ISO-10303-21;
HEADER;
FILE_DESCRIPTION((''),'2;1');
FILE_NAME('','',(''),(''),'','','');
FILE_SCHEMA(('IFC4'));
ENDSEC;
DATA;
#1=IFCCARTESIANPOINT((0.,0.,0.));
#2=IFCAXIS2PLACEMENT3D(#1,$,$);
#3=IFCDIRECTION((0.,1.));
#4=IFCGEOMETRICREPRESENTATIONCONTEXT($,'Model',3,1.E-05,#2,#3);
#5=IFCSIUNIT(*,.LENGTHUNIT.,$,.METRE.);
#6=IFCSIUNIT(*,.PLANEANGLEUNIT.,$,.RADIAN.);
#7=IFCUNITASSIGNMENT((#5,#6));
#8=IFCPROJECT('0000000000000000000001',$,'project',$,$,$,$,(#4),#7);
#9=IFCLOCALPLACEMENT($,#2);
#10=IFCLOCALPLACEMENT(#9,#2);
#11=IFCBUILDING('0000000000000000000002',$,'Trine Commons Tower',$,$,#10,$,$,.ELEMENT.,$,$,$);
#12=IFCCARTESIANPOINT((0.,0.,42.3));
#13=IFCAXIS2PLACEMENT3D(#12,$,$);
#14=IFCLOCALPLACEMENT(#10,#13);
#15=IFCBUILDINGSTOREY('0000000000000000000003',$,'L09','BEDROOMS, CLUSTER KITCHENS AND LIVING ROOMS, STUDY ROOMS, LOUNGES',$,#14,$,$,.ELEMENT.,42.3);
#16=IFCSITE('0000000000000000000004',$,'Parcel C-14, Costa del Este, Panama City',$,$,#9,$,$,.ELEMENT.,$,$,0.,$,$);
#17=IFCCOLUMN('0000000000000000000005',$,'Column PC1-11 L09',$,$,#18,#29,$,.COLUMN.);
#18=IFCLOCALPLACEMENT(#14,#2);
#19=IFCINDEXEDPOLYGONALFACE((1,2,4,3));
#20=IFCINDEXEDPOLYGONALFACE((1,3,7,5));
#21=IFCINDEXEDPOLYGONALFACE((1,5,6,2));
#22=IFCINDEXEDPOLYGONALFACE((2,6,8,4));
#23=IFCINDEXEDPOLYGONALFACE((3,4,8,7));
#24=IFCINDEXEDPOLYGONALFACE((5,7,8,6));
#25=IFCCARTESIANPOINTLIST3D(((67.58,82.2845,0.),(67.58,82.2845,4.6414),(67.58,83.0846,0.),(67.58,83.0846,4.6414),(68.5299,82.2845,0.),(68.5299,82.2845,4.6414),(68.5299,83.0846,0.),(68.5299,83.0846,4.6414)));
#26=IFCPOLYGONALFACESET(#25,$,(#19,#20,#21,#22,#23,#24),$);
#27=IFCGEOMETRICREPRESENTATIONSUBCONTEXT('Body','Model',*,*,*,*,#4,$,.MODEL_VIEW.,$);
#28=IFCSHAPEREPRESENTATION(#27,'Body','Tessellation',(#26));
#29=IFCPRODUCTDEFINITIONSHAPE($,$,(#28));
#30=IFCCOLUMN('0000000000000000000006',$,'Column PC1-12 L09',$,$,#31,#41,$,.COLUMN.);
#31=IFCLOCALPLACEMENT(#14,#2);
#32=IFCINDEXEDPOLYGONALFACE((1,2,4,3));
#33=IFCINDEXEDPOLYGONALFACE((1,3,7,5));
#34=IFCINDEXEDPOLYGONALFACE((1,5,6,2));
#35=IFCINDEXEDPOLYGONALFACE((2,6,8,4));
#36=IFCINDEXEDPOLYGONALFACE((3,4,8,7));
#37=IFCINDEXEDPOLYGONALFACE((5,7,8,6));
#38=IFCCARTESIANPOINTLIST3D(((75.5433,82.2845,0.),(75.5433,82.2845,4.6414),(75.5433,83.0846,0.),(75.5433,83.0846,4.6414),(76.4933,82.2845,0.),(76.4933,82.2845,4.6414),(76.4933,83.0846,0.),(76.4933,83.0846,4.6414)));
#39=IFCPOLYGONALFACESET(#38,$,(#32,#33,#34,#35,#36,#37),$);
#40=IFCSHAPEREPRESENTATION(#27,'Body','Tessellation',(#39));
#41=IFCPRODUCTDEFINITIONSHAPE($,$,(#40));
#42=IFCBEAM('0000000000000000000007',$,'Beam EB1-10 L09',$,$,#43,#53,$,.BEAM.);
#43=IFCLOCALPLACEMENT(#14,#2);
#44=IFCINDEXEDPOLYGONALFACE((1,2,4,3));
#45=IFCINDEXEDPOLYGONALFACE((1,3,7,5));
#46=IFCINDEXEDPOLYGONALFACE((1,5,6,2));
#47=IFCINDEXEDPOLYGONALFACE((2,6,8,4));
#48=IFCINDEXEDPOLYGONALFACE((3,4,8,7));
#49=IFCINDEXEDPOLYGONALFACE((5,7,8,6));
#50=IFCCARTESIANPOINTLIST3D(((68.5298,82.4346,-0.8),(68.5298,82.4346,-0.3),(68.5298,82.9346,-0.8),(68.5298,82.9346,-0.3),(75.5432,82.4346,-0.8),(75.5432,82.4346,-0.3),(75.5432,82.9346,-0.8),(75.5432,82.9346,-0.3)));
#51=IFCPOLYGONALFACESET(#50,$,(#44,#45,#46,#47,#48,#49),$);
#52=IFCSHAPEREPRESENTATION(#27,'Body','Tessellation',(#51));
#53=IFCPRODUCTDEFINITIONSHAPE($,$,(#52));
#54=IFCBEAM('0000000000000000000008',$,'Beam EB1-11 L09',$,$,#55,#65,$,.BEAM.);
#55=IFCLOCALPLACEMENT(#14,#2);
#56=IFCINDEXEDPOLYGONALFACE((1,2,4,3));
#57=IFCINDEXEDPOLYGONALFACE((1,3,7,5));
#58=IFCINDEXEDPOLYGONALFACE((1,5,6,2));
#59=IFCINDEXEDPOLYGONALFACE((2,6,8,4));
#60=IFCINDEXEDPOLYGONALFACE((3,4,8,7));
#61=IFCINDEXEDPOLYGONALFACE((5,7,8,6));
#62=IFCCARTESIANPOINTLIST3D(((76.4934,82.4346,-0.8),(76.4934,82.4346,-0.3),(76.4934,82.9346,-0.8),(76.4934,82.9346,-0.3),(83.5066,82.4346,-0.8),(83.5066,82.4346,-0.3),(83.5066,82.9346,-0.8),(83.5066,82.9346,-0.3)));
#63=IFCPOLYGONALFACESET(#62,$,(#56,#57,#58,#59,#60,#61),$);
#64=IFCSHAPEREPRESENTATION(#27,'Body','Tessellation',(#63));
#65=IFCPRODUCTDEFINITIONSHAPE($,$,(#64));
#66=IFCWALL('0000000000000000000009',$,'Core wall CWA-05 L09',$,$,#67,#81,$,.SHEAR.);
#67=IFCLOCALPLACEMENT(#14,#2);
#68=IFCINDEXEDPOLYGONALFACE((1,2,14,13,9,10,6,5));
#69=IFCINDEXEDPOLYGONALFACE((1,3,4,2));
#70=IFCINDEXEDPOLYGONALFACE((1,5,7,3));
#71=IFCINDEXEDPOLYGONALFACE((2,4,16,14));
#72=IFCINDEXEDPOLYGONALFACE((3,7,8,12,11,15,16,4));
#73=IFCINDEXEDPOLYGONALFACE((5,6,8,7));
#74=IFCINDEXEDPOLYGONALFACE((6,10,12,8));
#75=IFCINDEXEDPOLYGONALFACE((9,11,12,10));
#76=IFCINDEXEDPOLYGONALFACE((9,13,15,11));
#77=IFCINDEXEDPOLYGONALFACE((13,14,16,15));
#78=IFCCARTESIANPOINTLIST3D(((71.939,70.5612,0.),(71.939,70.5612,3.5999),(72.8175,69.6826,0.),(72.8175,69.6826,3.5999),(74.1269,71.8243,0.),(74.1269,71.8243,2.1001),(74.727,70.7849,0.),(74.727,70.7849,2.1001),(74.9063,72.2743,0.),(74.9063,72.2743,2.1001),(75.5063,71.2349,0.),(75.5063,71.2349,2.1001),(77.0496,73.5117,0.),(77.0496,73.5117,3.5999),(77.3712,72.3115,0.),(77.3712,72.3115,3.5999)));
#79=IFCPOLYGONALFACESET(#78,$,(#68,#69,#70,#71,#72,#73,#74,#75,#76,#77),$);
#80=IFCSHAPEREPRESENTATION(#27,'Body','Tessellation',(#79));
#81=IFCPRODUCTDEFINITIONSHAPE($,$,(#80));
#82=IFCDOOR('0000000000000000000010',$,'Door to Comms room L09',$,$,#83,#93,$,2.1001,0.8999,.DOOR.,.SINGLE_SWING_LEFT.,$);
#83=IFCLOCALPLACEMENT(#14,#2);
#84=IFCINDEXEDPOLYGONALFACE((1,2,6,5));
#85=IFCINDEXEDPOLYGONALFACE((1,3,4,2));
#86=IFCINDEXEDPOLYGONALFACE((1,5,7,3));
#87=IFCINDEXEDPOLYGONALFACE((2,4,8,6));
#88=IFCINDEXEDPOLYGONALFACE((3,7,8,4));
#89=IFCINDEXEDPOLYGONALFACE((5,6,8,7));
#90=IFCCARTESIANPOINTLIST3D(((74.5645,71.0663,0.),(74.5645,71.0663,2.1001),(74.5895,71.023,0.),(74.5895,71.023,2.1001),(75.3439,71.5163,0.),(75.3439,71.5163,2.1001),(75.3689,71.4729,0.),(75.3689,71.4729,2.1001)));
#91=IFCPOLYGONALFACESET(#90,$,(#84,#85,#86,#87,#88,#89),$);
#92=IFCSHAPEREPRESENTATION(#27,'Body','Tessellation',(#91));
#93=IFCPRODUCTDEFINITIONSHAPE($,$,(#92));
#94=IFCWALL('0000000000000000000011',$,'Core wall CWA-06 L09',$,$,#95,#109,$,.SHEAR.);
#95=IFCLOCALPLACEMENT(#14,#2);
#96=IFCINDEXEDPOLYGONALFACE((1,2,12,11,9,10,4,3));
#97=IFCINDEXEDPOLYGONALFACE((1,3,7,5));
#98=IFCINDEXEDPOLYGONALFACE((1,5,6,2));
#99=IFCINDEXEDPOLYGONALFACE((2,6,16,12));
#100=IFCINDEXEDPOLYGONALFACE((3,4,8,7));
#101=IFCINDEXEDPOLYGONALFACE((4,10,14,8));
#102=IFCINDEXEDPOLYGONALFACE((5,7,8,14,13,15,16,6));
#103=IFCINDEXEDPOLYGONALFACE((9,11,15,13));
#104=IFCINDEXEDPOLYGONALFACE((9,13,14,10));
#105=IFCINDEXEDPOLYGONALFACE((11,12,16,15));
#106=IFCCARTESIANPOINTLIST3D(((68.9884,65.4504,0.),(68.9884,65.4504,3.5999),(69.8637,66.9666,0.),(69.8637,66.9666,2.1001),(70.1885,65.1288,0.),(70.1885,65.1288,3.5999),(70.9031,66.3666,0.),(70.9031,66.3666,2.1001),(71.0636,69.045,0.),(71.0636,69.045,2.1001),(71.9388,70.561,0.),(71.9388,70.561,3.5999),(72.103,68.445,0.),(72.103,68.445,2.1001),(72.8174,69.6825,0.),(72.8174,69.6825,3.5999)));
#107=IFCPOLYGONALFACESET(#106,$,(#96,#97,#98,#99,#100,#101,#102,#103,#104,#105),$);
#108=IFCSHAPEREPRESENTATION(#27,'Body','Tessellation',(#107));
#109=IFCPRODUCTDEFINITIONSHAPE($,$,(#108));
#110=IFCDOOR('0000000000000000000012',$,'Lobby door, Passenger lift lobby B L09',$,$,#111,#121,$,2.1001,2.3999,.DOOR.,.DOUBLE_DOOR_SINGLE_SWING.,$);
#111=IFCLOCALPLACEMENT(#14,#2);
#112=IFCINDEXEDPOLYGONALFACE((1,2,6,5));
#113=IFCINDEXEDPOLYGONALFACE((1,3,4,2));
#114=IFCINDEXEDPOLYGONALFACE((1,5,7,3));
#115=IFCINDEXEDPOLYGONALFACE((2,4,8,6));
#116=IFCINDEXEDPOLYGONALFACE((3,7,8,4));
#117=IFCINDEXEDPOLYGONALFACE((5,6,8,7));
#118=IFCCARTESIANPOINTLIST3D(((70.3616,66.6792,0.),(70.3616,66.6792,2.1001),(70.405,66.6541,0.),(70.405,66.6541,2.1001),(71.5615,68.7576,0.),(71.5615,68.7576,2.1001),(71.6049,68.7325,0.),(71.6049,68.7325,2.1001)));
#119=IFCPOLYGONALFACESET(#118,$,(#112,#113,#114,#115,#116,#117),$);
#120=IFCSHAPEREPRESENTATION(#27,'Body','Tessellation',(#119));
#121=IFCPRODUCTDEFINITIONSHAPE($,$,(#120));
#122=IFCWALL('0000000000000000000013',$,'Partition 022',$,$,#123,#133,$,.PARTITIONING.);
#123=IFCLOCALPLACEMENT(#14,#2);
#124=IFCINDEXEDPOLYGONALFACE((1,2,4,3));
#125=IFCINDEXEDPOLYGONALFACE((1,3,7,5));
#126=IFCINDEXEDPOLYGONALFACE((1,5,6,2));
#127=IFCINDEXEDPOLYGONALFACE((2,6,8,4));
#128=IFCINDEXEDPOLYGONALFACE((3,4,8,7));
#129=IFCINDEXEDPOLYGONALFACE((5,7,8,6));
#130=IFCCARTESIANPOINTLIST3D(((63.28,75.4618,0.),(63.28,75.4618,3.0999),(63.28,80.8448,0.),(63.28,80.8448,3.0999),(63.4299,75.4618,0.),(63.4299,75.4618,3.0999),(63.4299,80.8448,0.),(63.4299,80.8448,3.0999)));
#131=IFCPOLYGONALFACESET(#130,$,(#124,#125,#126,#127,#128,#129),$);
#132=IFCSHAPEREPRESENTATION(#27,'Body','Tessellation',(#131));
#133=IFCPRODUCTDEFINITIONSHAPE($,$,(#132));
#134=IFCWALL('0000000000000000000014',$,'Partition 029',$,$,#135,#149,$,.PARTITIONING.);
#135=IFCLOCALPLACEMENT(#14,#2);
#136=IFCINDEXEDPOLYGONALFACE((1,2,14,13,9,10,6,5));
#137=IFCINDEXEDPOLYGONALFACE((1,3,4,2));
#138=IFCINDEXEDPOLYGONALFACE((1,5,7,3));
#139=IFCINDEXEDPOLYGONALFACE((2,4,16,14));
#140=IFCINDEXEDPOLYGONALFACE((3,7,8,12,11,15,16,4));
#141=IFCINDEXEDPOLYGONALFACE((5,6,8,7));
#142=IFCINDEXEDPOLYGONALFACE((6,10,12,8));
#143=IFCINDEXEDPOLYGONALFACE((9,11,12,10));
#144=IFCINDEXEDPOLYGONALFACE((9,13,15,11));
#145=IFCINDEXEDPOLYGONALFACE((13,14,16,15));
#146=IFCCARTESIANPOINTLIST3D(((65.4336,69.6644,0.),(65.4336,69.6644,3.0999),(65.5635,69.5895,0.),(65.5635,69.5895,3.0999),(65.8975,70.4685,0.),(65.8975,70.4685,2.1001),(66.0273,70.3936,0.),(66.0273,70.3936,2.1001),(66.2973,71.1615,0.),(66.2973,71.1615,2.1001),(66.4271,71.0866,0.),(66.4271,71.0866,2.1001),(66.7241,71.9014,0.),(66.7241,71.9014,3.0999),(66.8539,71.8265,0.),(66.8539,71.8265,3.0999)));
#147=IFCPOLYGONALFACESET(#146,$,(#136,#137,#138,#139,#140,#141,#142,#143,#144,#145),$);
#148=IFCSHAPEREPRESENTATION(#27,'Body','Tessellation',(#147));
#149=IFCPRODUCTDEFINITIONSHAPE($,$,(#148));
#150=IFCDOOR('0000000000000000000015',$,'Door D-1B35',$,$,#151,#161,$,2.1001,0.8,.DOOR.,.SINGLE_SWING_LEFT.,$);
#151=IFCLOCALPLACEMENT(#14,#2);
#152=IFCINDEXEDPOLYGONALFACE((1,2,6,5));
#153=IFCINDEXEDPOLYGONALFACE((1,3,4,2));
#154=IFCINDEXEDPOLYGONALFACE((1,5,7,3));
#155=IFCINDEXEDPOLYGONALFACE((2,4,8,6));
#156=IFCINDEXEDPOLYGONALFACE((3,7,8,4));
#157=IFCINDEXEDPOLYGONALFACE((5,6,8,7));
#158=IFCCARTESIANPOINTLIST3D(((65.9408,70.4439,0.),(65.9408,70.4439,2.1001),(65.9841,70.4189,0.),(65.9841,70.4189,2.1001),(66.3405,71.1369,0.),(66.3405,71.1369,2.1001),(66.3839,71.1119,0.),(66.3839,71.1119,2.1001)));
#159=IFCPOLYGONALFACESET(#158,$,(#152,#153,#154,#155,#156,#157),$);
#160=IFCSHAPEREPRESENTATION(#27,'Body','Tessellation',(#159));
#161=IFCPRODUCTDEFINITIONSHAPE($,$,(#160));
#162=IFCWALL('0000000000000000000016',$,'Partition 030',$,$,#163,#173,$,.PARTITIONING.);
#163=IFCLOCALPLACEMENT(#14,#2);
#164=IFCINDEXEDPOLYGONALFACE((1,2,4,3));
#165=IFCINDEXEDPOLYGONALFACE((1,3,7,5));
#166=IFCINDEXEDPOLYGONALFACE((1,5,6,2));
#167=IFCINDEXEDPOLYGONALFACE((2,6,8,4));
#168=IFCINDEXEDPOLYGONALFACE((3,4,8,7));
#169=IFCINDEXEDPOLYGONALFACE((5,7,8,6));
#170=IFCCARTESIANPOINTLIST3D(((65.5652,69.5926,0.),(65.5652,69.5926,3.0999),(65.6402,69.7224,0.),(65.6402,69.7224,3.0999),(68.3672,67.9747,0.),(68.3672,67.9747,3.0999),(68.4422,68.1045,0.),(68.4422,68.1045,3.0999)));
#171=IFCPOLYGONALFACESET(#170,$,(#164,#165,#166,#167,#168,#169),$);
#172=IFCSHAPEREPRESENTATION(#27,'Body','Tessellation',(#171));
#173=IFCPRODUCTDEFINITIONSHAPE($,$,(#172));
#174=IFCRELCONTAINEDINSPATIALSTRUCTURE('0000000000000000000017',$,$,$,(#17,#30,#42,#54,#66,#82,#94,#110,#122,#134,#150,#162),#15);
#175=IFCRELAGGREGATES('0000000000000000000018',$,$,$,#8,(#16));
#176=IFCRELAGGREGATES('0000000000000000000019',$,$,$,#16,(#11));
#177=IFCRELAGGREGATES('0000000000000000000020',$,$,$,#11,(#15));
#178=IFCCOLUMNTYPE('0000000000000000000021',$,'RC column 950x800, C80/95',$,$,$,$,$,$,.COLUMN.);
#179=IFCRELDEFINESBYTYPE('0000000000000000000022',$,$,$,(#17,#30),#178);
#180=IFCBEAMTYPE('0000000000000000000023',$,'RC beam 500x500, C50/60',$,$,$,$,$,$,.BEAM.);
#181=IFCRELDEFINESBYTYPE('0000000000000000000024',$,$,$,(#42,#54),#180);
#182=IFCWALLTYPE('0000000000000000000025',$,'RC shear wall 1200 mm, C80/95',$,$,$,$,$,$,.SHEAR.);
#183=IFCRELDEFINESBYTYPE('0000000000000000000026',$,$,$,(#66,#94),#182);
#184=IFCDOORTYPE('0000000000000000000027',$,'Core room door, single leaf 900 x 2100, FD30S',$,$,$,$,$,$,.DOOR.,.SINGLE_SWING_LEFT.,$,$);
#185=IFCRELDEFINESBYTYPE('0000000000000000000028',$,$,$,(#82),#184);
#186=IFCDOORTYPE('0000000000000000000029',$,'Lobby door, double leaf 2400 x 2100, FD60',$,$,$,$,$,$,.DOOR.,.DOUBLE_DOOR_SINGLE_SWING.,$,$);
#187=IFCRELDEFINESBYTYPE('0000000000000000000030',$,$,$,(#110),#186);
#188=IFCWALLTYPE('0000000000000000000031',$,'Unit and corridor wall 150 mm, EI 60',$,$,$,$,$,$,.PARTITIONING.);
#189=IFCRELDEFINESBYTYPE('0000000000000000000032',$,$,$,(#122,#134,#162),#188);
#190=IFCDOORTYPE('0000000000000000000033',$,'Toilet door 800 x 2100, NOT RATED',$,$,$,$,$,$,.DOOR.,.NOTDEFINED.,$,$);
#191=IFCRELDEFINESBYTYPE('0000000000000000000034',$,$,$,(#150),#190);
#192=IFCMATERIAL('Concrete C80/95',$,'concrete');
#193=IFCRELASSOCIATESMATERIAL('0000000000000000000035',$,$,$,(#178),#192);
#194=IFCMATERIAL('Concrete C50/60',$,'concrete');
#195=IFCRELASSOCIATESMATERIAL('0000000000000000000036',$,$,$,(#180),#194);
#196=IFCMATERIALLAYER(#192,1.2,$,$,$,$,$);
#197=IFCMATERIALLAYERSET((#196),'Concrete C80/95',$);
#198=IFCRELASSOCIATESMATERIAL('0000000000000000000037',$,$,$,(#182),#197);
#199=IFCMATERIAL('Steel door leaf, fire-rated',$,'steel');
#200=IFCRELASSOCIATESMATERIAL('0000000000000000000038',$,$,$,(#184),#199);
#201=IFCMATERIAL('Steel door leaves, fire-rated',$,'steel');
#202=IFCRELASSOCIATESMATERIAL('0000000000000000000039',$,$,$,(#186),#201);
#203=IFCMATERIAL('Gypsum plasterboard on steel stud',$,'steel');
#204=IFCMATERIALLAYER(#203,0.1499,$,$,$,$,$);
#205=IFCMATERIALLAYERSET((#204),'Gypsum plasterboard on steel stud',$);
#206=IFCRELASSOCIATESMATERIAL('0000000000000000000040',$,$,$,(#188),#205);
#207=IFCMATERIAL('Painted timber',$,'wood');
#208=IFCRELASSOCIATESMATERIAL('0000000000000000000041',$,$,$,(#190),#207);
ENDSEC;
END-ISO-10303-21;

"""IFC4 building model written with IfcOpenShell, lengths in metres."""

from ifc_helpers import new_model, si_unit, direction, frame, frame_2d, origin, origin_2d, place, context, subcontext, project, spatial, polyline, rectangle, outline, extrude, material, layer, layer_set, material_profile, profile_set, type_object, element, fill, save


model = new_model("IFC4")

# Units and contexts
model_context = context("Model", 3, precision=1e-05, world=origin(), true_north=direction((0.0, 1.0)))
body_context = subcontext(model_context, "Body", "Model", "MODEL_VIEW")
ifc_project = project(units=[si_unit("LENGTHUNIT", "METRE"), si_unit("PLANEANGLEUNIT", "RADIAN")], contexts=[model_context])

# Site, building, storey
site_placement = place(None, origin())
site = spatial("IfcSite", under=ifc_project, at=site_placement, Name="Parcel C-14, Costa del Este, Panama City", CompositionType="ELEMENT", RefElevation=0.0)
building_placement = place(site_placement, origin())
building = spatial("IfcBuilding", under=site, at=building_placement, Name="Trine Commons Tower", CompositionType="ELEMENT")
storey_placement = place(building_placement, frame((0.0, 0.0, 42.3)))
storey = spatial("IfcBuildingStorey", under=building, at=storey_placement, Name="L09", Description="BEDROOMS, CLUSTER KITCHENS AND LIVING ROOMS, STUDY ROOMS, LOUNGES", CompositionType="ELEMENT", Elevation=42.3)

# Columns
ifc_material_1 = material(Name="Concrete C80/95", Category="concrete")
ifc_material_profile_1 = material_profile(ifc_material_1, rectangle(XDim=0.95, YDim=0.8, at=origin_2d()), Name="RC 950x800")
ifc_profile_set_1 = profile_set([ifc_material_profile_1], Name="Concrete C80/95")
column_type = type_object("IfcColumnType", Name="RC column 950x800, C80/95", PredefinedType="COLUMN", material=ifc_profile_set_1)
for number, where, z_axis, x_axis, name in (
    (1, (68.0549, 82.6846, 0.0), (0.0, 0.0, 1.0), (1.0, 0.0, 0.0), "Column PC1-11 L09"),
    (2, (76.0183, 82.6846, 0.0), (0.0, 0.0, 1.0), (1.0, 0.0, 0.0), "Column PC1-12 L09"),
):
    element("IfcColumn", number, at=place(storey_placement, frame(where, z_axis=z_axis, x_axis=x_axis)), inside=storey, type_object=column_type, Name=name, PredefinedType="COLUMN", context=body_context, shape_type="SweptSolid", body=[
        extrude(rectangle(XDim=0.95, YDim=0.8, at=origin_2d()), origin(), (0.0, 0.0, 1.0), 4.6414),
    ])

# Beams
ifc_material_2 = material(Name="Concrete C50/60", Category="concrete")
ifc_material_profile_2 = material_profile(ifc_material_2, rectangle(XDim=0.5, YDim=0.5, at=origin_2d()), Name="RC 500x500")
ifc_profile_set_2 = profile_set([ifc_material_profile_2], Name="Concrete C50/60")
beam_type = type_object("IfcBeamType", Name="RC beam 500x500, C50/60", PredefinedType="BEAM", material=ifc_profile_set_2)
beam_1_placement = place(storey_placement, frame((68.5298, 82.6846, -0.55), z_axis=(1.0, 0.0, 0.0), x_axis=(0.0, 1.0, 0.0)))
element("IfcBeam", 3, at=beam_1_placement, inside=storey, type_object=beam_type, Name="Beam EB1-10 L09", PredefinedType="BEAM", context=body_context, shape_type="SweptSolid", body=[
    extrude(rectangle(XDim=0.5, YDim=0.5, at=origin_2d()), origin(), (0.0, 0.0, 1.0), 7.0134),
])
beam_2_placement = place(storey_placement, frame((76.4934, 82.6846, -0.55), z_axis=(1.0, 0.0, 0.0), x_axis=(0.0, 1.0, 0.0)))
element("IfcBeam", 4, at=beam_2_placement, inside=storey, type_object=beam_type, Name="Beam EB1-11 L09", PredefinedType="BEAM", context=body_context, shape_type="SweptSolid", body=[
    extrude(rectangle(XDim=0.5, YDim=0.5, at=origin_2d()), origin(), (0.0, 0.0, 1.0), 7.0132),
])

# Walls, openings, doors
ifc_layer_1 = layer(ifc_material_1, 1.2)
ifc_layer_set_1 = layer_set([ifc_layer_1], Name="Concrete C80/95")
wall_type_1 = type_object("IfcWallType", Name="RC shear wall 1200 mm, C80/95", PredefinedType="SHEAR", material=ifc_layer_set_1)
wall_1_placement = place(storey_placement, frame((77.3496, 72.9919, 0.0), z_axis=(0.0, 0.0, 1.0), x_axis=(-0.866037, -0.499979, 0.0)))
wall_1 = element("IfcWall", 5, at=wall_1_placement, inside=storey, type_object=wall_type_1, Name="Core wall CWA-05 L09", PredefinedType="SHEAR", context=body_context, shape_type="SweptSolid", body=[
    extrude(outline(polyline([(0.0, -0.6001), (5.9011, -0.6001), (5.5796, 0.6001), (0.3215, 0.6001), (0.0, -0.6001)])), origin(), (0.0, 0.0, 1.0), 3.5999),
])
opening_1_placement = place(wall_1_placement, frame((2.4749, 0.0, 0.0)))
opening_1 = element("IfcOpeningElement", 6, at=opening_1_placement, cuts=wall_1, PredefinedType="OPENING", context=body_context, shape_type="SweptSolid", body=[
    extrude(rectangle(XDim=0.8999, YDim=2.1001, at=frame_2d((0.45, 1.05))), frame((0.0, 0.6099, 0.0), z_axis=(0.0, -1.0, 0.0), x_axis=(1.0, 0.0, 0.0)), (0.0, 0.0, 1.0), 1.22),
])
ifc_material_3 = material(Name="Steel door leaf, fire-rated", Category="steel")
door_type_1 = type_object("IfcDoorType", Name="Core room door, single leaf 900 x 2100, FD30S", OperationType="SINGLE_SWING_LEFT", PredefinedType="DOOR", material=ifc_material_3)
door_1_placement = place(opening_1_placement, origin())
door_1 = element("IfcDoor", 7, at=door_1_placement, inside=storey, type_object=door_type_1, Name="Door to Comms room L09", OperationType="SINGLE_SWING_LEFT", OverallHeight=2.1001, OverallWidth=0.8999, PredefinedType="DOOR", context=body_context, shape_type="SweptSolid", body=[
    extrude(rectangle(XDim=0.8999, YDim=2.1001, at=frame_2d((0.45, 1.05))), frame((0.0, 0.3252, 0.0), z_axis=(0.0, -1.0, 0.0), x_axis=(1.0, 0.0, 0.0)), (0.0, 0.0, 1.0), 0.05),
])
fill(opening_1, door_1)
wall_2_placement = place(storey_placement, frame((72.4585, 70.261, 0.0), z_axis=(0.0, 0.0, 1.0), x_axis=(-0.499979, -0.866037, 0.0)))
wall_2 = element("IfcWall", 8, at=wall_2_placement, inside=storey, type_object=wall_type_1, Name="Core wall CWA-06 L09", PredefinedType="SHEAR", context=body_context, shape_type="SweptSolid", body=[
    extrude(outline(polyline([(0.0, -0.6001), (5.9011, -0.6001), (5.5796, 0.6001), (0.3215, 0.6001), (0.0, -0.6001)])), origin(), (0.0, 0.0, 1.0), 3.5999),
])
opening_2_placement = place(wall_2_placement, frame((1.7505, 0.0, 0.0)))
opening_2 = element("IfcOpeningElement", 9, at=opening_2_placement, cuts=wall_2, PredefinedType="OPENING", context=body_context, shape_type="SweptSolid", body=[
    extrude(rectangle(XDim=2.3999, YDim=2.1001, at=frame_2d((1.2, 1.05))), frame((0.0, 0.6099, 0.0), z_axis=(0.0, -1.0, 0.0), x_axis=(1.0, 0.0, 0.0)), (0.0, 0.0, 1.0), 1.22),
])
ifc_material_4 = material(Name="Steel door leaves, fire-rated", Category="steel")
door_type_2 = type_object("IfcDoorType", Name="Lobby door, double leaf 2400 x 2100, FD60", OperationType="DOUBLE_DOOR_SINGLE_SWING", PredefinedType="DOOR", material=ifc_material_4)
door_2_placement = place(opening_2_placement, origin())
door_2 = element("IfcDoor", 10, at=door_2_placement, inside=storey, type_object=door_type_2, Name="Lobby door, Passenger lift lobby B L09", OperationType="DOUBLE_DOOR_SINGLE_SWING", OverallHeight=2.1001, OverallWidth=2.3999, PredefinedType="DOOR", context=body_context, shape_type="SweptSolid", body=[
    extrude(rectangle(XDim=2.3999, YDim=2.1001, at=frame_2d((1.2, 1.05))), frame((0.0, 0.0249, 0.0), z_axis=(0.0, -1.0, 0.0), x_axis=(1.0, 0.0, 0.0)), (0.0, 0.0, 1.0), 0.05),
])
fill(opening_2, door_2)

# Wall
ifc_material_5 = material(Name="Gypsum plasterboard on steel stud", Category="steel")
ifc_layer_2 = layer(ifc_material_5, 0.1499)
ifc_layer_set_2 = layer_set([ifc_layer_2], Name="Gypsum plasterboard on steel stud")
wall_type_2 = type_object("IfcWallType", Name="Unit and corridor wall 150 mm, EI 60", PredefinedType="PARTITIONING", material=ifc_layer_set_2)
wall_3_placement = place(storey_placement, frame((63.355, 75.4619, 0.0), z_axis=(0.0, 0.0, 1.0), x_axis=(0.0, 1.0, 0.0)))
element("IfcWall", 11, at=wall_3_placement, inside=storey, type_object=wall_type_2, Name="Partition 022", PredefinedType="PARTITIONING", context=body_context, shape_type="SweptSolid", body=[
    extrude(rectangle(XDim=5.3831, YDim=0.1499, at=frame_2d((2.6914, 0.0))), origin(), (0.0, 0.0, 1.0), 3.0999),
])

# Wall, opening, door
wall_4_placement = place(storey_placement, frame((65.4985, 69.627, 0.0), z_axis=(0.0, 0.0, 1.0), x_axis=(0.499698, 0.8662, 0.0)))
wall_4 = element("IfcWall", 12, at=wall_4_placement, inside=storey, type_object=wall_type_2, Name="Partition 029", PredefinedType="PARTITIONING", context=body_context, shape_type="SweptSolid", body=[
    extrude(rectangle(XDim=2.5825, YDim=0.1499, at=frame_2d((1.2913, 0.0))), origin(), (0.0, 0.0, 1.0), 3.0999),
])
opening_3_placement = place(wall_4_placement, frame((0.9285, 0.0, 0.0)))
opening_3 = element("IfcOpeningElement", 13, at=opening_3_placement, cuts=wall_4, PredefinedType="OPENING", context=body_context, shape_type="SweptSolid", body=[
    extrude(rectangle(XDim=0.8, YDim=2.1001, at=frame_2d((0.3999, 1.05))), frame((0.0, 0.085, 0.0), z_axis=(0.0, -1.0, 0.0), x_axis=(1.0, 0.0, 0.0)), (0.0, 0.0, 1.0), 0.1699),
])
ifc_material_6 = material(Name="Painted timber", Category="wood")
door_type_3 = type_object("IfcDoorType", Name="Toilet door 800 x 2100, NOT RATED", OperationType="NOTDEFINED", PredefinedType="DOOR", material=ifc_material_6)
door_3_placement = place(opening_3_placement, frame((0.8, 0.0, 0.0), z_axis=(0.0, 0.0, 1.0), x_axis=(-1.0, 0.0, 0.0)))
door_3 = element("IfcDoor", 14, at=door_3_placement, inside=storey, type_object=door_type_3, Name="Door D-1B35", OperationType="SINGLE_SWING_LEFT", OverallHeight=2.1001, OverallWidth=0.8, PredefinedType="DOOR", context=body_context, shape_type="SweptSolid", body=[
    extrude(rectangle(XDim=0.8, YDim=2.1001, at=frame_2d((0.3999, 1.05))), frame((0.0, 0.0249, 0.0), z_axis=(0.0, -1.0, 0.0), x_axis=(1.0, 0.0, 0.0)), (0.0, 0.0, 1.0), 0.05),
])
fill(opening_3, door_3)

# Wall
wall_5_placement = place(storey_placement, frame((65.6028, 69.6575, 0.0), z_axis=(0.0, 0.0, 1.0), x_axis=(0.866001, -0.500042, 0.0)))
element("IfcWall", 15, at=wall_5_placement, inside=storey, type_object=wall_type_2, Name="Partition 030", PredefinedType="PARTITIONING", context=body_context, shape_type="SweptSolid", body=[
    extrude(rectangle(XDim=3.2356, YDim=0.1499, at=frame_2d((1.6177, 0.0))), origin(), (0.0, 0.0, 1.0), 3.0999),
])

save(model, "model.ifc")
